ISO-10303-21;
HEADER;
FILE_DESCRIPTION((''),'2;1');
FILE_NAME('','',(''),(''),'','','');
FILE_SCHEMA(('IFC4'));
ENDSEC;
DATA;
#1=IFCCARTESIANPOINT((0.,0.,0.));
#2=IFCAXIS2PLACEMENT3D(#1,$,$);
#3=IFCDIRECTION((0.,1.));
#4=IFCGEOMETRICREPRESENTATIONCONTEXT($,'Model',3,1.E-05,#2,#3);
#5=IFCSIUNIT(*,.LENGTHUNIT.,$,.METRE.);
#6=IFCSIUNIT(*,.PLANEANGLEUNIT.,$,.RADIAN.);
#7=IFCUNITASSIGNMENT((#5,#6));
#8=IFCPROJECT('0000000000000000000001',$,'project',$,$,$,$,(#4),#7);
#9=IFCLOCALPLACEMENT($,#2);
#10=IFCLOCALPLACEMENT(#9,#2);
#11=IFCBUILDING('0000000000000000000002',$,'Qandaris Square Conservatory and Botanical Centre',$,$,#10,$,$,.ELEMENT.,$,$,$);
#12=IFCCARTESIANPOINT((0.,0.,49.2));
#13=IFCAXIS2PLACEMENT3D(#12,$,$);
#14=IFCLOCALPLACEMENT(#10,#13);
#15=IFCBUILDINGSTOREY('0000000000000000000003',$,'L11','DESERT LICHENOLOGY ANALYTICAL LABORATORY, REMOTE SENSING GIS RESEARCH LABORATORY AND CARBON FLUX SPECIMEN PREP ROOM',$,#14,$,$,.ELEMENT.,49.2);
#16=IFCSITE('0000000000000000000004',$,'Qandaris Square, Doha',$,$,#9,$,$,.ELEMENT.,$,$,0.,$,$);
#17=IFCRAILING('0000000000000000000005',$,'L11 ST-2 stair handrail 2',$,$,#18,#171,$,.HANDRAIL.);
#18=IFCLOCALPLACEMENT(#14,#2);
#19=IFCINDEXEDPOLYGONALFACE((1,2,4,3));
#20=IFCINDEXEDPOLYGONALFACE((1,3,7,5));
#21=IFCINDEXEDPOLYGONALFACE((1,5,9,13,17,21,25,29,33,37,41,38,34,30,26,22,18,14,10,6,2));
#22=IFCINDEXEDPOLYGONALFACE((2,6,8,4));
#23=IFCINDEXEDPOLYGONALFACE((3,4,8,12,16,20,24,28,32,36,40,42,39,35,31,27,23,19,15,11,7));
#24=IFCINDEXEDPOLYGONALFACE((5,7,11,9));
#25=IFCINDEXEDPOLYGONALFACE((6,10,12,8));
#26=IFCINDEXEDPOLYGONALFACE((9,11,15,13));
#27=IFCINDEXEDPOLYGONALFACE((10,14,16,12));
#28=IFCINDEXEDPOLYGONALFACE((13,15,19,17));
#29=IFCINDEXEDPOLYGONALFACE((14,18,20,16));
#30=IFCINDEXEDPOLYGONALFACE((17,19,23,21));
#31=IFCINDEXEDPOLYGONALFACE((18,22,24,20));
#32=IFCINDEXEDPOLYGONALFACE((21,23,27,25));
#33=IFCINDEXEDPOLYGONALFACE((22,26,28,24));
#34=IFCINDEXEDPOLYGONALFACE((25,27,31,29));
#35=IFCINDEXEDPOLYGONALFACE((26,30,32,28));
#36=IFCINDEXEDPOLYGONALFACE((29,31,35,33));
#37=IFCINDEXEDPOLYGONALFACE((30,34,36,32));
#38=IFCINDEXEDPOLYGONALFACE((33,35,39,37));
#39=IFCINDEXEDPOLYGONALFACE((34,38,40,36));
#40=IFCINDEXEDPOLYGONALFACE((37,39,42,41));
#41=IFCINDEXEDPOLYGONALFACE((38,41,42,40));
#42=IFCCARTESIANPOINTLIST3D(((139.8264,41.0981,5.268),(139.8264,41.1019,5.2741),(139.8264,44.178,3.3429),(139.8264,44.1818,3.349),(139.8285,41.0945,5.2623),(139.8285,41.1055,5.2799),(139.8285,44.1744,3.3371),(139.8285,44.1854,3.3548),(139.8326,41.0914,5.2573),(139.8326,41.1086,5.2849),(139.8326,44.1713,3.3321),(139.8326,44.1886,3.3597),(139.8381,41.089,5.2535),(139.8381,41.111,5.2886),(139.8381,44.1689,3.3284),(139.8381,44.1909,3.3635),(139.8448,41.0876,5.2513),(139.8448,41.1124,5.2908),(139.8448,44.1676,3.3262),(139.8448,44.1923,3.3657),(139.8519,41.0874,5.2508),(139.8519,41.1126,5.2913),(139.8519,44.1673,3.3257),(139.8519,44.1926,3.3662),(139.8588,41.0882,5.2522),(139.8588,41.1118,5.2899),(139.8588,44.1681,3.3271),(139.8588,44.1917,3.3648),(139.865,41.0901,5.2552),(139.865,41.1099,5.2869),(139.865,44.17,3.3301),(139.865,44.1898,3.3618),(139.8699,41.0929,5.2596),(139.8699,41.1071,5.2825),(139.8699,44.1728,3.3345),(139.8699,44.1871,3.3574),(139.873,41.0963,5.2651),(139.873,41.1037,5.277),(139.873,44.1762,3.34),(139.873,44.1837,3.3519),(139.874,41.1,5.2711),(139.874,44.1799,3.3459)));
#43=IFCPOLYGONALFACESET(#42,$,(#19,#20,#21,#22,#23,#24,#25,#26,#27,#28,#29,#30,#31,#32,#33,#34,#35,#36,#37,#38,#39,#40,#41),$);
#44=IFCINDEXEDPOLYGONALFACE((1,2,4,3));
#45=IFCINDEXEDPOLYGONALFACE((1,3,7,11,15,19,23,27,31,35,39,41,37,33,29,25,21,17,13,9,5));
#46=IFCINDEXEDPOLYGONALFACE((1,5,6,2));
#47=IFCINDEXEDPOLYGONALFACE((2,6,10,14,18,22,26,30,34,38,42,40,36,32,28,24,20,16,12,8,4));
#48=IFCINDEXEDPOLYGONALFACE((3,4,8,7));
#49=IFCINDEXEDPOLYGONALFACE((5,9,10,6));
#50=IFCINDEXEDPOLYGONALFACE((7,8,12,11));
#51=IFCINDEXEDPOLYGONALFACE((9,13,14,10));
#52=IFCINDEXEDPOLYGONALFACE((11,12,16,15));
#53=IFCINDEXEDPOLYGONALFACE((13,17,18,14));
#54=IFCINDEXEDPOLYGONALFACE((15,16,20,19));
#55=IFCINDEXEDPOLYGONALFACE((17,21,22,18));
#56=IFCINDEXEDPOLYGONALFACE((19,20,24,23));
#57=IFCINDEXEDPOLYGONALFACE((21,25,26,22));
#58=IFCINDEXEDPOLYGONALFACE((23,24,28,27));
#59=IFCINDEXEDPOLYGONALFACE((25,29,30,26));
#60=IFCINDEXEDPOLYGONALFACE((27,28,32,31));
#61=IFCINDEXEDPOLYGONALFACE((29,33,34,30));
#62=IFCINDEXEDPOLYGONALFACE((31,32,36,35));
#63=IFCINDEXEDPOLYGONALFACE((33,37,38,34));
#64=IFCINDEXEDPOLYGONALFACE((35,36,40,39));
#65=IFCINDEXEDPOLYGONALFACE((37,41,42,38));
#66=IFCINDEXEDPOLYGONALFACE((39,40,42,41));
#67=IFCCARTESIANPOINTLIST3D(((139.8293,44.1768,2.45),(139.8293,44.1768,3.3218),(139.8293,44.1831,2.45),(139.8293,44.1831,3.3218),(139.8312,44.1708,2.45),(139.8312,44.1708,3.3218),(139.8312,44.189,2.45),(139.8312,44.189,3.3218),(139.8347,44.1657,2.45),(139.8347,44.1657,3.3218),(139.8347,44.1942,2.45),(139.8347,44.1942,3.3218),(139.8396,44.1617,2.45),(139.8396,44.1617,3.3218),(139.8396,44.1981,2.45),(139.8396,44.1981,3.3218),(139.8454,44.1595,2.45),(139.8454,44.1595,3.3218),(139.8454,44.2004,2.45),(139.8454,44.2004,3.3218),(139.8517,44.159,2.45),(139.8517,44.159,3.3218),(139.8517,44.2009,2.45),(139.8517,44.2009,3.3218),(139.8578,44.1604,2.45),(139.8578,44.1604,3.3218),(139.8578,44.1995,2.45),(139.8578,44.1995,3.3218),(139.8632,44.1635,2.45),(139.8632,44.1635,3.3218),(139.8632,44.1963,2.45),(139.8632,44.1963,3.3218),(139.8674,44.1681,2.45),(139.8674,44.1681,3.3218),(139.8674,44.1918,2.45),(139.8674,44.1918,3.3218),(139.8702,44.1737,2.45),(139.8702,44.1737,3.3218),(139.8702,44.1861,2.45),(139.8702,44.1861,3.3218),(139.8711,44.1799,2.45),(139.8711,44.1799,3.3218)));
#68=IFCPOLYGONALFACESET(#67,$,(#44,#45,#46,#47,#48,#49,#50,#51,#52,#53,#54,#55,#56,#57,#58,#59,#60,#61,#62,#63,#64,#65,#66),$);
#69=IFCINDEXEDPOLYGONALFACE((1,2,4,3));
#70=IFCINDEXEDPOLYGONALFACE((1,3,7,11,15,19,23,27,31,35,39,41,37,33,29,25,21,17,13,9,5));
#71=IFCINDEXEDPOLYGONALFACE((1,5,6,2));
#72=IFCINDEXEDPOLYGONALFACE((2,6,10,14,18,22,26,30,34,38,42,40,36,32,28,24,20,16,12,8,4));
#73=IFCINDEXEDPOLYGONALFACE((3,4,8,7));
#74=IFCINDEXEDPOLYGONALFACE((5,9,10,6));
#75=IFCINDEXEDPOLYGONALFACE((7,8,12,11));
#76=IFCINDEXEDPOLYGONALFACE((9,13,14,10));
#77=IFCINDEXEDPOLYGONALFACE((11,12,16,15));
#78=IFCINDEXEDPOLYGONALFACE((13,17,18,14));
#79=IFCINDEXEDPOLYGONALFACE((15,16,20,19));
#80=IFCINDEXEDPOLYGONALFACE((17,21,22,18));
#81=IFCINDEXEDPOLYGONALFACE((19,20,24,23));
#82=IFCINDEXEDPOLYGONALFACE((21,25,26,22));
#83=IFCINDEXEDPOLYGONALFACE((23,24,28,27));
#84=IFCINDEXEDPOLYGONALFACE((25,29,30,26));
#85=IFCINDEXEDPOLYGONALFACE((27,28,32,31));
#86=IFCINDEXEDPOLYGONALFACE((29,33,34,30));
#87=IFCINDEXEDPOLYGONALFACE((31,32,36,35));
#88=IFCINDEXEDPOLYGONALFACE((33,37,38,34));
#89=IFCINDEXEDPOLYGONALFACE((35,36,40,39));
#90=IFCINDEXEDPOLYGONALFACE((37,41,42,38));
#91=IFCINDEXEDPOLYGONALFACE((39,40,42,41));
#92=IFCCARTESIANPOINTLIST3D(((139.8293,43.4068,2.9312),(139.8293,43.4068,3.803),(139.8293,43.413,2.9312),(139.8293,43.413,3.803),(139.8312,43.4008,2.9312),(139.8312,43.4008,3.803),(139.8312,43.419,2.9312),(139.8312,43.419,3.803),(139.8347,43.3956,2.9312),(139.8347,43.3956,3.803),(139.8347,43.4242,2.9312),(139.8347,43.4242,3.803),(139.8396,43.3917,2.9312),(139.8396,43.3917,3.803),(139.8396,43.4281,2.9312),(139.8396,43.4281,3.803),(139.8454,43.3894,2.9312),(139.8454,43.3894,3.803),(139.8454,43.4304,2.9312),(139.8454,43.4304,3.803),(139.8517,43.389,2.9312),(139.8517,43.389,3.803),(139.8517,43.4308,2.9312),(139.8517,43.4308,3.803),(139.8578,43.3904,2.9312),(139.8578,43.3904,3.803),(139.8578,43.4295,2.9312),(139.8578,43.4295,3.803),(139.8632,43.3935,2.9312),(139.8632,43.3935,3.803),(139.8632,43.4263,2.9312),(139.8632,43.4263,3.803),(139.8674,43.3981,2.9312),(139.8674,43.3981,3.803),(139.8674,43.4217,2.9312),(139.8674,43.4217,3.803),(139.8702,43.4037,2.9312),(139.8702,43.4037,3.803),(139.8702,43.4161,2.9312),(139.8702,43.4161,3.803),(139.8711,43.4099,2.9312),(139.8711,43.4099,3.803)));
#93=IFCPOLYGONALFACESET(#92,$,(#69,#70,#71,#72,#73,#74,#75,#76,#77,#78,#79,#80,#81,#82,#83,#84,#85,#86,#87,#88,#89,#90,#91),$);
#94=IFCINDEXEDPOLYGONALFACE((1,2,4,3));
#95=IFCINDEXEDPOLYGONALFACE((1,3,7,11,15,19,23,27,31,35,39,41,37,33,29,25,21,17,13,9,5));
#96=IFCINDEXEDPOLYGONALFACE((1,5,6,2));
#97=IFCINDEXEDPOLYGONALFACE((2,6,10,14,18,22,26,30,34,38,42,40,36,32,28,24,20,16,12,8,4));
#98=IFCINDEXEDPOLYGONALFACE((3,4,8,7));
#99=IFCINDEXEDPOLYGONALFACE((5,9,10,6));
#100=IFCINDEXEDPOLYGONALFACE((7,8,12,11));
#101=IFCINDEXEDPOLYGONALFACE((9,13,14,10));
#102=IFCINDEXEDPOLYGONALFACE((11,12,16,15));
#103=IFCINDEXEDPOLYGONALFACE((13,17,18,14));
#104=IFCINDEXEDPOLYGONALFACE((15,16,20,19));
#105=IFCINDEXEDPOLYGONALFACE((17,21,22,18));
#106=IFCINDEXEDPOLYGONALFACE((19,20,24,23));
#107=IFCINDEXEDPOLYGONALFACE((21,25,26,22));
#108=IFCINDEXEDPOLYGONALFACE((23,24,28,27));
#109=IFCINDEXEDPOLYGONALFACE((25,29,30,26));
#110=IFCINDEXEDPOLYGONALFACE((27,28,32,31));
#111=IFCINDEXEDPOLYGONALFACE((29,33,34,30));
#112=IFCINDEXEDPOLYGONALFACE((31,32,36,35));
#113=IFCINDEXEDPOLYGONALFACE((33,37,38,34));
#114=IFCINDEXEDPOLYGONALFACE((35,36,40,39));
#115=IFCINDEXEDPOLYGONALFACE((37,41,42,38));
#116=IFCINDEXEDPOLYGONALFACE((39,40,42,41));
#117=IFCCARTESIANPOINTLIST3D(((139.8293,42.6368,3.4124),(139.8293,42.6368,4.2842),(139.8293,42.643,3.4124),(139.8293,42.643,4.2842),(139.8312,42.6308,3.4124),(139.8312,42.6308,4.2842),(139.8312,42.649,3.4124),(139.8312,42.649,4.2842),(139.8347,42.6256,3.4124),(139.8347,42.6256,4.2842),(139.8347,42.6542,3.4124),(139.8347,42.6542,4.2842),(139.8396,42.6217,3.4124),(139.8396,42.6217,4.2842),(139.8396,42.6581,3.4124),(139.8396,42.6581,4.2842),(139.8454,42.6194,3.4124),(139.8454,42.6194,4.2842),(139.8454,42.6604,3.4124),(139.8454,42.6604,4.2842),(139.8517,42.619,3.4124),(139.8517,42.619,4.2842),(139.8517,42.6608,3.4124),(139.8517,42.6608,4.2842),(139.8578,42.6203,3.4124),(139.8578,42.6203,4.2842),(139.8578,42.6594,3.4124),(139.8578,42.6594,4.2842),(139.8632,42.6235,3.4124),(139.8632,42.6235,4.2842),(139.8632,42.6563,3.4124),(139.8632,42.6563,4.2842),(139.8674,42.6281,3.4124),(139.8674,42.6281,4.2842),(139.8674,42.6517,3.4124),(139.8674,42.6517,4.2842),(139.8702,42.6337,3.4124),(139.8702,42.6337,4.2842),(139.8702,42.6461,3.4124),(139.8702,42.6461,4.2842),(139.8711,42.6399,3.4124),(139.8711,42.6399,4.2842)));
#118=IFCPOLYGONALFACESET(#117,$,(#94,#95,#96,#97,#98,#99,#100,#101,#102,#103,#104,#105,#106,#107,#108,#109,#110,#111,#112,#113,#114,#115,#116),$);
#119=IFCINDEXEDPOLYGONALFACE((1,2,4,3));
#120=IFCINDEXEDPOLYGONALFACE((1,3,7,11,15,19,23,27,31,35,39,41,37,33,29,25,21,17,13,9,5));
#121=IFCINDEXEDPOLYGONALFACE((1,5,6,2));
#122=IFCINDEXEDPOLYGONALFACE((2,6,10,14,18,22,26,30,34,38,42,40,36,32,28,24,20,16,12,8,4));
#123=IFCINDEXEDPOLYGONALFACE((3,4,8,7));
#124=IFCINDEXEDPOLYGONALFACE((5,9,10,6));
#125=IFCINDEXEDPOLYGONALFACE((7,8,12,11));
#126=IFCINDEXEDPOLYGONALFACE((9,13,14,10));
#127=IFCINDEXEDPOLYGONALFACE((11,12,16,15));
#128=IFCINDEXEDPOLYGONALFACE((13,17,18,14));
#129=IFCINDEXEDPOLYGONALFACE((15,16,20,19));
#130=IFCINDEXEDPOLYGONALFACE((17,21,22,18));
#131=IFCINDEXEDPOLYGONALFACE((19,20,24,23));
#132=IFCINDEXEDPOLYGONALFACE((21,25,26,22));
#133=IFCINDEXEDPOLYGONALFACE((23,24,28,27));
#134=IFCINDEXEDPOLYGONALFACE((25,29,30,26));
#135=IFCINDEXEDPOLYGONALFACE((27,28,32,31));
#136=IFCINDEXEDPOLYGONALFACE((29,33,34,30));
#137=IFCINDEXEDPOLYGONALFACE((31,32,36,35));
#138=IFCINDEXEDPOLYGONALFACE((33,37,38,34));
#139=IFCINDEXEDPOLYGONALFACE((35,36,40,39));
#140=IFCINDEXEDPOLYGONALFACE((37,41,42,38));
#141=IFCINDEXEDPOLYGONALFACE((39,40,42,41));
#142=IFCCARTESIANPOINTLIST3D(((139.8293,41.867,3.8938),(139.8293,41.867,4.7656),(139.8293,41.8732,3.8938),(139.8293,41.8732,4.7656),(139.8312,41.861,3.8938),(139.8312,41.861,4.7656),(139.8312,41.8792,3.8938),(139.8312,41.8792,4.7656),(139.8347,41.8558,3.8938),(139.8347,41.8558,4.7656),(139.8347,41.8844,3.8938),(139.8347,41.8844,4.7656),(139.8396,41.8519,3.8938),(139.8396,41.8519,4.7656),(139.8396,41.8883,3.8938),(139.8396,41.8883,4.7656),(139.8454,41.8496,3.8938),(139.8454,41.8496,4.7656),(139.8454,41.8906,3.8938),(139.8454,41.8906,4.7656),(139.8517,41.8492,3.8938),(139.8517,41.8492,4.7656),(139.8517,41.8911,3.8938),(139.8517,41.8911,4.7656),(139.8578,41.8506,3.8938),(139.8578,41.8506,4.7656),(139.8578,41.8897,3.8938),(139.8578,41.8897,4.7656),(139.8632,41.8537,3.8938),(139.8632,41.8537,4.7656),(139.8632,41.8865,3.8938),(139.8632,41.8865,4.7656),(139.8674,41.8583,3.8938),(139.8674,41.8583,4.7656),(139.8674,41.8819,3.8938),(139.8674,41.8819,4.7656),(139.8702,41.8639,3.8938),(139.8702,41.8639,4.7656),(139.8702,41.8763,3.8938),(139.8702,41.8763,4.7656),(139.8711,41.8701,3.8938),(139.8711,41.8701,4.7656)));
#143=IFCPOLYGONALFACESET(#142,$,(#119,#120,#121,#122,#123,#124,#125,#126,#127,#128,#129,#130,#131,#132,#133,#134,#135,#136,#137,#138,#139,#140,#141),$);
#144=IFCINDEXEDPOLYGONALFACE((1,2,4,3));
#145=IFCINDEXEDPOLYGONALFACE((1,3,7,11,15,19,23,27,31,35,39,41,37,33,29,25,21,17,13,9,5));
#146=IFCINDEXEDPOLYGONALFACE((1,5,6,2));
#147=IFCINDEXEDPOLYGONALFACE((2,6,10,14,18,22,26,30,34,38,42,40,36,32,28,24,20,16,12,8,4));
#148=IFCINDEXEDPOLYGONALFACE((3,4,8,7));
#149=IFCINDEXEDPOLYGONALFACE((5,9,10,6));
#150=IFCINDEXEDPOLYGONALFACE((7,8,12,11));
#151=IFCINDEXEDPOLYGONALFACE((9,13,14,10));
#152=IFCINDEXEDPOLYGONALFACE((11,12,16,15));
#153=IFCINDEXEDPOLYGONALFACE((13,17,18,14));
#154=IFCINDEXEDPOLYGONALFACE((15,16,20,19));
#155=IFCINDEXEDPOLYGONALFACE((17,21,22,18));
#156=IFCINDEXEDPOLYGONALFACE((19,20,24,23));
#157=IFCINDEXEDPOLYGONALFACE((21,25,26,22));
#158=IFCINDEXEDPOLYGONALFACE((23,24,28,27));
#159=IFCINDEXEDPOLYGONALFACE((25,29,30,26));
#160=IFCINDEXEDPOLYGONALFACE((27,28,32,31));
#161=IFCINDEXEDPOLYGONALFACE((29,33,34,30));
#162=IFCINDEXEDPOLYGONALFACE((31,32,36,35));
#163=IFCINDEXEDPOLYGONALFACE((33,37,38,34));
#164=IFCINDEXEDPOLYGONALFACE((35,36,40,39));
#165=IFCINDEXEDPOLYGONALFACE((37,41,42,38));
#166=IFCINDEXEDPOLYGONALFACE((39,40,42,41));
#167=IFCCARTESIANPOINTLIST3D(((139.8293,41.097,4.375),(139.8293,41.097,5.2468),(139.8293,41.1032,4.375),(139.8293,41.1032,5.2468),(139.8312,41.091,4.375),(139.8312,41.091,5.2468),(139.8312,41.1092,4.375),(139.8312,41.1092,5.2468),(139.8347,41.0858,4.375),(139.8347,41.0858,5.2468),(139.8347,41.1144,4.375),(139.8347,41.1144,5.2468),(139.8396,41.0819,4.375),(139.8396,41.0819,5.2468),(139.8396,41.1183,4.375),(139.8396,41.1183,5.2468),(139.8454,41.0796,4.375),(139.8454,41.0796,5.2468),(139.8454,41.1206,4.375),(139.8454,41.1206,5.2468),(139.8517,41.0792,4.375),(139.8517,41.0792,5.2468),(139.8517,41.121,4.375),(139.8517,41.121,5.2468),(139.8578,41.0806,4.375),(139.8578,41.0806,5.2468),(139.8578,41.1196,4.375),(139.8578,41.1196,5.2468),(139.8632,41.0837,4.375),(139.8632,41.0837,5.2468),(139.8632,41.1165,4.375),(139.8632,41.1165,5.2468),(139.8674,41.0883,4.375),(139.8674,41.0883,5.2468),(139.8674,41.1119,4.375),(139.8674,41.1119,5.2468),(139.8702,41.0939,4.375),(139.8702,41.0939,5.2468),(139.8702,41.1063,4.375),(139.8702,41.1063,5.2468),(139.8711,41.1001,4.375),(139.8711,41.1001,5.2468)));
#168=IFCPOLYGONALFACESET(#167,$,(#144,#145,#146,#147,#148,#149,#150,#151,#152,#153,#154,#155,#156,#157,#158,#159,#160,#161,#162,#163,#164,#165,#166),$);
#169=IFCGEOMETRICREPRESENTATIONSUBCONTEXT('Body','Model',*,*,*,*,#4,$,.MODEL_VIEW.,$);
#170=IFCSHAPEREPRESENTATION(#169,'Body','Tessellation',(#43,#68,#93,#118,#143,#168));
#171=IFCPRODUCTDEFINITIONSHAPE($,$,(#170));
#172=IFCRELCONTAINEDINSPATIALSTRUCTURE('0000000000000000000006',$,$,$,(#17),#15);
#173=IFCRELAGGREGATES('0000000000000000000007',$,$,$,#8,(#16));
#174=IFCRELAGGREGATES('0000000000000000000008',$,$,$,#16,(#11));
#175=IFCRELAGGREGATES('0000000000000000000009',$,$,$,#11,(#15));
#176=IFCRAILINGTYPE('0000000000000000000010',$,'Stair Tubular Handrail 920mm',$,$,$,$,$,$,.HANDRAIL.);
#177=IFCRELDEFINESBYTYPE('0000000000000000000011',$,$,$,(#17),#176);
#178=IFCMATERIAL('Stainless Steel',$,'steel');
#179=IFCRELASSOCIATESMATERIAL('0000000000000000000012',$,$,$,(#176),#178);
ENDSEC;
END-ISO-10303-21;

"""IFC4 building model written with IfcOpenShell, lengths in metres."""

from ifc_helpers import new_model, si_unit, direction, frame, origin, origin_2d, place, context, subcontext, project, spatial, circle, extrude, material, type_object, element, save


model = new_model("IFC4")

# Units and contexts
model_context = context("Model", 3, precision=1e-05, world=origin(), true_north=direction((0.0, 1.0)))
body_context = subcontext(model_context, "Body", "Model", "MODEL_VIEW")
ifc_project = project(units=[si_unit("LENGTHUNIT", "METRE"), si_unit("PLANEANGLEUNIT", "RADIAN")], contexts=[model_context])

# Site, building, storey
site_placement = place(None, origin())
site = spatial("IfcSite", under=ifc_project, at=site_placement, Name="Qandaris Square, Doha", CompositionType="ELEMENT", RefElevation=0.0)
building_placement = place(site_placement, origin())
building = spatial("IfcBuilding", under=site, at=building_placement, Name="Qandaris Square Conservatory and Botanical Centre", CompositionType="ELEMENT")
storey_placement = place(building_placement, frame((0.0, 0.0, 49.2)))
storey = spatial("IfcBuildingStorey", under=building, at=storey_placement, Name="L11", Description="DESERT LICHENOLOGY ANALYTICAL LABORATORY, REMOTE SENSING GIS RESEARCH LABORATORY AND CARBON FLUX SPECIMEN PREP ROOM", CompositionType="ELEMENT", Elevation=49.2)

# Railing
ifc_material_1 = material(Name="Stainless Steel", Category="steel")
railing_type_1 = type_object("IfcRailingType", Name="Stair Tubular Handrail 920mm", PredefinedType="HANDRAIL", material=ifc_material_1)
railing_1_placement = place(storey_placement, frame((139.8501, 44.1799, 2.45)))
element("IfcRailing", 1, at=railing_1_placement, inside=storey, type_object=railing_type_1, Name="L11 ST-2 stair handrail 2", PredefinedType="HANDRAIL", context=body_context, shape_type="SweptSolid", body=[
    extrude(circle(Radius=0.0239, at=origin_2d()), frame((0.0, 0.0, 0.896), z_axis=(0.0, -0.847979, 0.530029), x_axis=(1.0, 0.0, 0.0)), (0.0, 0.0, 1.0), 3.6321),
    extrude(circle(Radius=0.021, at=origin_2d()), origin(), (0.0, 0.0, 1.0), 0.8718),
    extrude(circle(Radius=0.021, at=origin_2d()), frame((0.0, -0.77, 0.4812)), (0.0, 0.0, 1.0), 0.8718),
    extrude(circle(Radius=0.021, at=origin_2d()), frame((0.0, -1.54, 0.9624)), (0.0, 0.0, 1.0), 0.8718),
    extrude(circle(Radius=0.021, at=origin_2d()), frame((0.0, -2.3098, 1.4438)), (0.0, 0.0, 1.0), 0.8718),
    extrude(circle(Radius=0.021, at=origin_2d()), frame((0.0, -3.0798, 1.925)), (0.0, 0.0, 1.0), 0.8718),
])

save(model, "model.ifc")
